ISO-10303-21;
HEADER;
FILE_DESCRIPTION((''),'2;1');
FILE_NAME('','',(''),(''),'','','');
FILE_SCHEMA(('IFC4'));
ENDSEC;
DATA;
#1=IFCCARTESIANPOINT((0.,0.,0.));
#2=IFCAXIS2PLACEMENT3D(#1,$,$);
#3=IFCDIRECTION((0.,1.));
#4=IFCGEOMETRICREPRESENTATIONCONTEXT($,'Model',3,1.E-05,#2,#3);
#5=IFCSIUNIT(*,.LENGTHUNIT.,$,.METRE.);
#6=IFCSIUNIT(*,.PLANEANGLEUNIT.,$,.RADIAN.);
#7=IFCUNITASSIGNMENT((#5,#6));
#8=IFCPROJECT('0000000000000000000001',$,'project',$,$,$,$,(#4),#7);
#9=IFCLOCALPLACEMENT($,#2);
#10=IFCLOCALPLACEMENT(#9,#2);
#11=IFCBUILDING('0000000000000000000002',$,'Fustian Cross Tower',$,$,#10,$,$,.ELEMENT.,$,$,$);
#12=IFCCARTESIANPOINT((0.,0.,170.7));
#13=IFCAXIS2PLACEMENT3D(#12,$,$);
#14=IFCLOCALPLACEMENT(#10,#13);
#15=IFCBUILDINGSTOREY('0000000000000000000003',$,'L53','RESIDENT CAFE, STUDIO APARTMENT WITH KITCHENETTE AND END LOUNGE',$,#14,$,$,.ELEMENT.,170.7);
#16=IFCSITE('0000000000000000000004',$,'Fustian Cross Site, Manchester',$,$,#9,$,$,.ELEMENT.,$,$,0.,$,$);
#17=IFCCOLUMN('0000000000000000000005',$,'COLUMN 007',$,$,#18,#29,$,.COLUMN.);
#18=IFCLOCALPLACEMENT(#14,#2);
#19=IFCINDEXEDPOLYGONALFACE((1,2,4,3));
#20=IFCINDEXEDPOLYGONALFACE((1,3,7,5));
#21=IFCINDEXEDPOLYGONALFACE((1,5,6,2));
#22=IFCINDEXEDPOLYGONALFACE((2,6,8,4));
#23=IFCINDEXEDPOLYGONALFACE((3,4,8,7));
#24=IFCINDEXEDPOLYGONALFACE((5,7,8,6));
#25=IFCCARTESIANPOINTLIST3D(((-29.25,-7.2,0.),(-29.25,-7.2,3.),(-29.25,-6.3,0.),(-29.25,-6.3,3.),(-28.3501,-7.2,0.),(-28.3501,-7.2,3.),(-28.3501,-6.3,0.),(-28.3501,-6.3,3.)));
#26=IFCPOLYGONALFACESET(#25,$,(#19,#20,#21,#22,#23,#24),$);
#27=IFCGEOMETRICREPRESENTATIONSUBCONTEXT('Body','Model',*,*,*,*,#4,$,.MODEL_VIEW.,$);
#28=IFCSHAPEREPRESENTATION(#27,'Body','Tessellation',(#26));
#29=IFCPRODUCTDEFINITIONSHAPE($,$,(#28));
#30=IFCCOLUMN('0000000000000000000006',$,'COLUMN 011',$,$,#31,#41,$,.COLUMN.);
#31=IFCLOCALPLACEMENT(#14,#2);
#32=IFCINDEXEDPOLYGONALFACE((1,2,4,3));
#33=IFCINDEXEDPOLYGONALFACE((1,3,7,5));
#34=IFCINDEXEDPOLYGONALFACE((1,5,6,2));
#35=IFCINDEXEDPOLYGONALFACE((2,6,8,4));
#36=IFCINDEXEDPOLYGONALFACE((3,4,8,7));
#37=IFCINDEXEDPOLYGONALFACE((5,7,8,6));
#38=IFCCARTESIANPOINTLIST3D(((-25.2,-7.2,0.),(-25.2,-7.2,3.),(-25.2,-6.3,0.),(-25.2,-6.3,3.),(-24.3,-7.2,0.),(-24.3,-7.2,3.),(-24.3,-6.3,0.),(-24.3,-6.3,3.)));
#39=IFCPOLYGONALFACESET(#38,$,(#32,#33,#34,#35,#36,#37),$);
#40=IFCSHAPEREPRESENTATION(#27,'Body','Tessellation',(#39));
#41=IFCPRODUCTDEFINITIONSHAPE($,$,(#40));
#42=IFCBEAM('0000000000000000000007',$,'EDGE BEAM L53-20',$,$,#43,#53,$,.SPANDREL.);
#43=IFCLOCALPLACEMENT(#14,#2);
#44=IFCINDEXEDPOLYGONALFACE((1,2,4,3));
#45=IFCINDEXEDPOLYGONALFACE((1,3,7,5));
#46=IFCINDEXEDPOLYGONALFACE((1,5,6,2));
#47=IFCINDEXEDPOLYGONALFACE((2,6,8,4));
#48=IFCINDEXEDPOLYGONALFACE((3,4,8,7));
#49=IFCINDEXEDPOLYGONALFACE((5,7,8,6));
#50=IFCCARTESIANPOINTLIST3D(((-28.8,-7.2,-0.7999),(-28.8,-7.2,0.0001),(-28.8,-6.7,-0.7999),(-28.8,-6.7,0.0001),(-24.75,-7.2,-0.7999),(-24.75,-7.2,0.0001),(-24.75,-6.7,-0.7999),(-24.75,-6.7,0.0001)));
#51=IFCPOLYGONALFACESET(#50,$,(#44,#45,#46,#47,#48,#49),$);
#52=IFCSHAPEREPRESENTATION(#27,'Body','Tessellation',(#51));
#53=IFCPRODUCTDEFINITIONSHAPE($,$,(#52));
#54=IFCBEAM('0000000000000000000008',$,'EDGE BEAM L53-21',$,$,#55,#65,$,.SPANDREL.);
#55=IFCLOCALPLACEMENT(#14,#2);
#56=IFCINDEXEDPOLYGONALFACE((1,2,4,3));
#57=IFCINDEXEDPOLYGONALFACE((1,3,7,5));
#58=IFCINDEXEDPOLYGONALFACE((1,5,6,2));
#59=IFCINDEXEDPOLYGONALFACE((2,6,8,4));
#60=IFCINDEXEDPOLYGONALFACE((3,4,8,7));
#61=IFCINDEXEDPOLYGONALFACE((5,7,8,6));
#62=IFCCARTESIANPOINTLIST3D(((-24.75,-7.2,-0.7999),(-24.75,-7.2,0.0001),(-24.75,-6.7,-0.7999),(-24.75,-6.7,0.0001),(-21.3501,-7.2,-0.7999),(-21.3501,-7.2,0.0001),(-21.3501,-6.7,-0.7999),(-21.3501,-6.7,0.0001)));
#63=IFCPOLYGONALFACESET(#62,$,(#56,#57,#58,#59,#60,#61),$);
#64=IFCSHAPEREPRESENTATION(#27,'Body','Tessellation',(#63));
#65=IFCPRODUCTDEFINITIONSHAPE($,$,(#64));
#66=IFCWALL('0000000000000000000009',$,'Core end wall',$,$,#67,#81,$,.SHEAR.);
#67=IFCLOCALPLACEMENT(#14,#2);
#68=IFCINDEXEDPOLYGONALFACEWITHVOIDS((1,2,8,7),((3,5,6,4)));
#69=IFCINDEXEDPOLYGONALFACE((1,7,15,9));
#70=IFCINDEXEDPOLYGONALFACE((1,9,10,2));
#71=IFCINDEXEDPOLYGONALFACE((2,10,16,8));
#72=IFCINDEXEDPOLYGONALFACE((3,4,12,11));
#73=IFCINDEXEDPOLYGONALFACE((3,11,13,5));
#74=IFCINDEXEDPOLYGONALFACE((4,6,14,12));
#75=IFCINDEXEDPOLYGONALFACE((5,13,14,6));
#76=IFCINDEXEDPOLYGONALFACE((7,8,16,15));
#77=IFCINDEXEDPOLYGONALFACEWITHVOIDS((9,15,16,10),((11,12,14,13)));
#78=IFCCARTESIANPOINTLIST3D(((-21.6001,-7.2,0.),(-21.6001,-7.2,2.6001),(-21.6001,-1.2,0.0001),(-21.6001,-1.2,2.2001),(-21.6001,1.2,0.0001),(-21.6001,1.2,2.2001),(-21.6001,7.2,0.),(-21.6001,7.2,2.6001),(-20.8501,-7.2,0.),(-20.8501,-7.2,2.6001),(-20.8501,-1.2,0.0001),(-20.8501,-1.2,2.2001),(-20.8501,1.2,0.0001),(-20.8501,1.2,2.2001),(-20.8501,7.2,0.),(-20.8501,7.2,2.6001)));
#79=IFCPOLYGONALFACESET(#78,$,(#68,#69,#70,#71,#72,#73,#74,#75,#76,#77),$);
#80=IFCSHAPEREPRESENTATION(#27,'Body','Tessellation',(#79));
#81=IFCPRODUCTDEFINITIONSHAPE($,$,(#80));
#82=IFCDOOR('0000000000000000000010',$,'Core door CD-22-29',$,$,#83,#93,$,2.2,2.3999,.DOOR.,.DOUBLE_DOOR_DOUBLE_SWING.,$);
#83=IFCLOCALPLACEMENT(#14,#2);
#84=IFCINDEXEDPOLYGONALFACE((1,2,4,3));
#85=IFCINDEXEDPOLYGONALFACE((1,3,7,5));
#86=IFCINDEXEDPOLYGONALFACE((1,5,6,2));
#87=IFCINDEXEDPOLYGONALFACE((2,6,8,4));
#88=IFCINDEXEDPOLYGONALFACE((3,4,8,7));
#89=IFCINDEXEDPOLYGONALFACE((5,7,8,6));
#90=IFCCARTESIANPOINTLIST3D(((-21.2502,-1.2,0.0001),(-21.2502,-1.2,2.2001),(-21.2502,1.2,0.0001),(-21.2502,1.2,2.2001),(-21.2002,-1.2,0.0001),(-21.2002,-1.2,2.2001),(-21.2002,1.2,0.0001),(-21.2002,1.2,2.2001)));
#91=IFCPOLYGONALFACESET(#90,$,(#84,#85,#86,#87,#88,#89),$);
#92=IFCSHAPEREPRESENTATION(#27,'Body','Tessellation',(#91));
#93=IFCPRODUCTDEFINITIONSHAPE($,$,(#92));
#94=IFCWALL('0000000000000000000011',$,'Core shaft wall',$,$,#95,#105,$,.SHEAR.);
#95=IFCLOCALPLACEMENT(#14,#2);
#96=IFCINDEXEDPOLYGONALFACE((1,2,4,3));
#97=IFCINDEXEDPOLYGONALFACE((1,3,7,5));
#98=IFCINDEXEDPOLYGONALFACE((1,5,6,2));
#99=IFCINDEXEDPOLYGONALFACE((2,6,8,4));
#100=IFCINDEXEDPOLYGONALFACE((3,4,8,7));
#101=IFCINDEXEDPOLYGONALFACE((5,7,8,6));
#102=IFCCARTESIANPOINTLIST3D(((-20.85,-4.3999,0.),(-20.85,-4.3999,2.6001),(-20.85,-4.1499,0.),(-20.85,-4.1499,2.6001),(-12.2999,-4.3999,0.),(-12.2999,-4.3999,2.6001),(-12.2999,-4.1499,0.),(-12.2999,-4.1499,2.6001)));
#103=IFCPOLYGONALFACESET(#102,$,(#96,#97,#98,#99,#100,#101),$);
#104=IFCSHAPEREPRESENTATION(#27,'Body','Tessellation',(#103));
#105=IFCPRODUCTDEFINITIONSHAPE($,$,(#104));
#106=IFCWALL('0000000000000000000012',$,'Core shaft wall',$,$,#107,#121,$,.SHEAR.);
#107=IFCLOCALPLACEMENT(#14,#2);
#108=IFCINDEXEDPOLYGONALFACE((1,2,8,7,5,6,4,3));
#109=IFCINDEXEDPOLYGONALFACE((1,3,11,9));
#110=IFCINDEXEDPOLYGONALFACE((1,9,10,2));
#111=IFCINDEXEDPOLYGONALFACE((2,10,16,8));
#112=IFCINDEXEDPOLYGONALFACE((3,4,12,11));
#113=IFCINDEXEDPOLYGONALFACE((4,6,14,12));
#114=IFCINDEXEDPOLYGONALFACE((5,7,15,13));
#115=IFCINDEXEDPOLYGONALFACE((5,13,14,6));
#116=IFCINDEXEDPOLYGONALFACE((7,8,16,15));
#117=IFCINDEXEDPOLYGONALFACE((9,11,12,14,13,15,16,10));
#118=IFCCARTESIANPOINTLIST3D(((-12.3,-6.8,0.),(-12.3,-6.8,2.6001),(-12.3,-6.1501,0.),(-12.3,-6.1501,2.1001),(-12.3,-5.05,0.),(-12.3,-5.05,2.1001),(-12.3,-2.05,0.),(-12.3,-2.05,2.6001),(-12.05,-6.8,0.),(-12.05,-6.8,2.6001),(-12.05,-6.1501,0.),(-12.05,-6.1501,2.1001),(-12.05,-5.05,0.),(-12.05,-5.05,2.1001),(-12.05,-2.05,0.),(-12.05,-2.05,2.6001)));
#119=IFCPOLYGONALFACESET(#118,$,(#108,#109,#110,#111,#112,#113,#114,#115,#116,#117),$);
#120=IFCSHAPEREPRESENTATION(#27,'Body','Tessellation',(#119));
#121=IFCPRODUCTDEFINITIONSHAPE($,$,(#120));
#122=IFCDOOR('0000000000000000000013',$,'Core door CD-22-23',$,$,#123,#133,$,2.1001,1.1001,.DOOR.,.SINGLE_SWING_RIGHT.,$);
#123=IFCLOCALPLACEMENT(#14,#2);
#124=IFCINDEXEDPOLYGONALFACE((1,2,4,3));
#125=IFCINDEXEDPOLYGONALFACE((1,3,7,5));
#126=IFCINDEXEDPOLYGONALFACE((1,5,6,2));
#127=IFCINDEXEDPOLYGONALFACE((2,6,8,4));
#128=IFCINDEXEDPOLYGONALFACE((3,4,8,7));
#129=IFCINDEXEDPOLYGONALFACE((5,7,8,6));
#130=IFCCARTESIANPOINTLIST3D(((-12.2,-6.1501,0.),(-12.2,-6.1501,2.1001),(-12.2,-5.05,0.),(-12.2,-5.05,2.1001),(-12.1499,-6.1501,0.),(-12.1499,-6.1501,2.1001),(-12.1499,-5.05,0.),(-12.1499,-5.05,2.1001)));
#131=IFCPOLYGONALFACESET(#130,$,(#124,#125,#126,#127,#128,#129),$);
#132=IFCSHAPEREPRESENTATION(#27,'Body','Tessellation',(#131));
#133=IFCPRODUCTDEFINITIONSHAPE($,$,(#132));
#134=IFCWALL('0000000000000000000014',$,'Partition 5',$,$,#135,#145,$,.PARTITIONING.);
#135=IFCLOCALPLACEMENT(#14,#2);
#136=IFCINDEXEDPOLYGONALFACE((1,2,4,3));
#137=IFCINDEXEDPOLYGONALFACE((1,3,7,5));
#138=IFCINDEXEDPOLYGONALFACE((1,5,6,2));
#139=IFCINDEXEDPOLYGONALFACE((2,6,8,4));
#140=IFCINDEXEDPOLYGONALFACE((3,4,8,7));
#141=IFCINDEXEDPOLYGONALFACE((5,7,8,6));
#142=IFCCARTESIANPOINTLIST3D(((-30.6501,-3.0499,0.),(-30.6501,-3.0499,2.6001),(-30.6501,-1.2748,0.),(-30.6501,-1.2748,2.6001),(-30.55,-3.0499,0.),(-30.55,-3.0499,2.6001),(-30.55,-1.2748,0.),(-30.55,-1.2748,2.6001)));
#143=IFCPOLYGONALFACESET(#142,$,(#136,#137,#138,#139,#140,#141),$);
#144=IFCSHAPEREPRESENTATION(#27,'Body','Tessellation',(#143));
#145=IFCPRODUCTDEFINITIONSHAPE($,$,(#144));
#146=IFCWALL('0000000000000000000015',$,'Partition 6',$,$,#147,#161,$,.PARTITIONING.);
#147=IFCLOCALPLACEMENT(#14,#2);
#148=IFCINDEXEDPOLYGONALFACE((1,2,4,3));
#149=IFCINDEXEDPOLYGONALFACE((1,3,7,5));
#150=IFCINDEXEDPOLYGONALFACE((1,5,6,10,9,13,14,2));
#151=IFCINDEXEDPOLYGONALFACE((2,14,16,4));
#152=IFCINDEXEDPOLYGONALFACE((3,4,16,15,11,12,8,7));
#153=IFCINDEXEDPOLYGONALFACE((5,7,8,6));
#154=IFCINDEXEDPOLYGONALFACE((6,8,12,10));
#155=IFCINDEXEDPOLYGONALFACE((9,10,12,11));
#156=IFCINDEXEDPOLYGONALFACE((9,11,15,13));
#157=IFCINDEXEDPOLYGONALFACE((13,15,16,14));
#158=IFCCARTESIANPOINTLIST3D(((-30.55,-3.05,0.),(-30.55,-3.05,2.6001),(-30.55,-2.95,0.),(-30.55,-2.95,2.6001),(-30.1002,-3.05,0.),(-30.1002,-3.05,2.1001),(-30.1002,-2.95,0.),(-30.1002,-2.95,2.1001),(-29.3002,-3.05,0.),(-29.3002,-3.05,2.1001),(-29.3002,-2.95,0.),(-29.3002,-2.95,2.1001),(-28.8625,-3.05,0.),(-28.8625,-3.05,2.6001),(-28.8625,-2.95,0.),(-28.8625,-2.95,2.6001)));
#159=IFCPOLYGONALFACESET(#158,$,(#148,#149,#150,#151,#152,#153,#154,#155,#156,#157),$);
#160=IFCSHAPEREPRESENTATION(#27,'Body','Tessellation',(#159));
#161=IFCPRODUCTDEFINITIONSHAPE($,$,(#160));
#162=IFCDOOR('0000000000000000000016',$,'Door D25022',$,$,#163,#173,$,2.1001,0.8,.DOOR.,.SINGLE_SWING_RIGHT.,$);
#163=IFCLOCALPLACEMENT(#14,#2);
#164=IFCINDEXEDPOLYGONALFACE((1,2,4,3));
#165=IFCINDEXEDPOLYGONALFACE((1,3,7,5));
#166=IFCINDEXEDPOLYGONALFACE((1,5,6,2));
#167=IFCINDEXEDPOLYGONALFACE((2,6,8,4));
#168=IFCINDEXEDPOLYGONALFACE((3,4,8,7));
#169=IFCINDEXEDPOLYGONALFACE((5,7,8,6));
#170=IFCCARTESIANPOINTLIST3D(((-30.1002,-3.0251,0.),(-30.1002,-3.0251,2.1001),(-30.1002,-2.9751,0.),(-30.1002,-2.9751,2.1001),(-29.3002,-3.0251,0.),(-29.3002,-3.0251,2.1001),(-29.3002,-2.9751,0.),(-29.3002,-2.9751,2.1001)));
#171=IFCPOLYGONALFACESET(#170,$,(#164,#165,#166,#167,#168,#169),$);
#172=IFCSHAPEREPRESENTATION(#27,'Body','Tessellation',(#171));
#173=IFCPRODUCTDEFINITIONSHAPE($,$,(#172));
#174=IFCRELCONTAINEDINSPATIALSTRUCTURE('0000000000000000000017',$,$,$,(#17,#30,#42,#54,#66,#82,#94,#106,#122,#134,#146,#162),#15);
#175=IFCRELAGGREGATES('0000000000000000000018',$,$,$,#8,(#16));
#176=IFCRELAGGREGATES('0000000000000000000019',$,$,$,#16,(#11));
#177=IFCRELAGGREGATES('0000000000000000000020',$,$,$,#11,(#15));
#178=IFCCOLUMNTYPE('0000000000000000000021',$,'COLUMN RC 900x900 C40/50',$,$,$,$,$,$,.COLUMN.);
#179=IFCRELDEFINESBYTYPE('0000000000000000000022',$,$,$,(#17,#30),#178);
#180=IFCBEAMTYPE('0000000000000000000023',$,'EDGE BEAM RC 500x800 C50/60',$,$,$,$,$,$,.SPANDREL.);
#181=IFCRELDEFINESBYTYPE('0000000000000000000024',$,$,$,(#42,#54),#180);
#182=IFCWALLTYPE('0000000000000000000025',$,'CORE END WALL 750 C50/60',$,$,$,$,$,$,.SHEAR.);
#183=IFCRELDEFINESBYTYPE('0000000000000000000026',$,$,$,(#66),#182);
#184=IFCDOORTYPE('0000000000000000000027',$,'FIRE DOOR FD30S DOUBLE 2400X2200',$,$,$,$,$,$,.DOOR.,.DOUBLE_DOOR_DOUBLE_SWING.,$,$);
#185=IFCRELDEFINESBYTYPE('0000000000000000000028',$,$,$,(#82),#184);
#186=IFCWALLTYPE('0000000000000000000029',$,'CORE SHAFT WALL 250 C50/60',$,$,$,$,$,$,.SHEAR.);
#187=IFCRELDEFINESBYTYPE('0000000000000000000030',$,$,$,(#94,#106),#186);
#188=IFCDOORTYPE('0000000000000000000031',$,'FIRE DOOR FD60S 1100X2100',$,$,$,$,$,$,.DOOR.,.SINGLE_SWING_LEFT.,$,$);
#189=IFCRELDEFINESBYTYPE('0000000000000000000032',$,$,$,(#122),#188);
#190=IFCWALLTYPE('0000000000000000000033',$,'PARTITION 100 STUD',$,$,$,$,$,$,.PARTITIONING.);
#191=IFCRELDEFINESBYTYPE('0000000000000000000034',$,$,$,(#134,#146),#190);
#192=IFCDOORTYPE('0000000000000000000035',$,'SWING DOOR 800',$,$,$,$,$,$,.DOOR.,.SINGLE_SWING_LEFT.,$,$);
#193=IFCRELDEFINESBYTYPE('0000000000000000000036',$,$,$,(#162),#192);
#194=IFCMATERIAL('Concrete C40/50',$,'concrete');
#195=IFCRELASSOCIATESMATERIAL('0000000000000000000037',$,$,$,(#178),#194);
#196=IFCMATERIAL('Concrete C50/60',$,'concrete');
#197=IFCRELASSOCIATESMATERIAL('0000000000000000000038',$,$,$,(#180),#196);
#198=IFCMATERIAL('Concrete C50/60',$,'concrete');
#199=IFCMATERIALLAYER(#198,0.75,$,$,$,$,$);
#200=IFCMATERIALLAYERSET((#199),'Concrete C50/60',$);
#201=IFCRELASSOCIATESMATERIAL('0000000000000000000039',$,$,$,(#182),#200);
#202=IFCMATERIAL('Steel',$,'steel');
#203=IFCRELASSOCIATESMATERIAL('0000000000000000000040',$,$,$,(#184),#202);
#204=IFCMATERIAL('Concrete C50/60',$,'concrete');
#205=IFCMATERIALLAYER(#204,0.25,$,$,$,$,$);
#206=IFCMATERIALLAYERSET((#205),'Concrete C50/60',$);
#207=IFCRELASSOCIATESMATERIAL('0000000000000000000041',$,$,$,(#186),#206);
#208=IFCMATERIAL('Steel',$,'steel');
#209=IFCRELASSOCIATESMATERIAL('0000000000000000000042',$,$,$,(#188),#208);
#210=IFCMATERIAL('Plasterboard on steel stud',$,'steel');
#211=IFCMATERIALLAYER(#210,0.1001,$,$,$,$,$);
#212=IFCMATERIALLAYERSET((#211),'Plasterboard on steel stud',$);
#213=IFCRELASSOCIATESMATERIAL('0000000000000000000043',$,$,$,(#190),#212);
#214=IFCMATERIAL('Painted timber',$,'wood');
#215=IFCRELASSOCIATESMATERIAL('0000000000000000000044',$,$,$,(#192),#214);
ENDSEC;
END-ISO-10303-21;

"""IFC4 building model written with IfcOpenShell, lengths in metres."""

from ifc_helpers import new_model, si_unit, direction, frame, frame_2d, origin, origin_2d, place, context, subcontext, project, spatial, rectangle, extrude, material, layer, layer_set, material_profile, profile_set, type_object, element, fill, save


model = new_model("IFC4")

# Units and contexts
model_context = context("Model", 3, precision=1e-05, world=origin(), true_north=direction((0.0, 1.0)))
body_context = subcontext(model_context, "Body", "Model", "MODEL_VIEW")
ifc_project = project(units=[si_unit("LENGTHUNIT", "METRE"), si_unit("PLANEANGLEUNIT", "RADIAN")], contexts=[model_context])

# Site, building, storey
site_placement = place(None, origin())
site = spatial("IfcSite", under=ifc_project, at=site_placement, Name="Fustian Cross Site, Manchester", CompositionType="ELEMENT", RefElevation=0.0)
building_placement = place(site_placement, origin())
building = spatial("IfcBuilding", under=site, at=building_placement, Name="Fustian Cross Tower", CompositionType="ELEMENT")
storey_placement = place(building_placement, frame((0.0, 0.0, 170.7)))
storey = spatial("IfcBuildingStorey", under=building, at=storey_placement, Name="L53", Description="RESIDENT CAFE, STUDIO APARTMENT WITH KITCHENETTE AND END LOUNGE", CompositionType="ELEMENT", Elevation=170.7)

# Columns
ifc_material_1 = material(Name="Concrete C40/50", Category="concrete")
ifc_material_profile_1 = material_profile(ifc_material_1, rectangle(XDim=0.8999, YDim=0.8999, at=origin_2d()), Name="RC 900x900")
ifc_profile_set_1 = profile_set([ifc_material_profile_1], Name="Concrete C40/50")
column_type = type_object("IfcColumnType", Name="COLUMN RC 900x900 C40/50", PredefinedType="COLUMN", material=ifc_profile_set_1)
for number, where, z_axis, x_axis, name in (
    (1, (-28.8, -6.75, 0.0), (0.0, 0.0, 1.0), (1.0, 0.0, 0.0), "COLUMN 007"),
    (2, (-24.75, -6.75, 0.0), (0.0, 0.0, 1.0), (1.0, 0.0, 0.0), "COLUMN 011"),
):
    element("IfcColumn", number, at=place(storey_placement, frame(where, z_axis=z_axis, x_axis=x_axis)), inside=storey, type_object=column_type, Name=name, PredefinedType="COLUMN", context=body_context, shape_type="SweptSolid", body=[
        extrude(rectangle(XDim=0.8999, YDim=0.8999, at=origin_2d()), origin(), (0.0, 0.0, 1.0), 3.0),
    ])

# Beams
ifc_material_2 = material(Name="Concrete C50/60", Category="concrete")
ifc_material_profile_2 = material_profile(ifc_material_2, rectangle(XDim=0.5, YDim=0.8, at=origin_2d()), Name="RC 500x800")
ifc_profile_set_2 = profile_set([ifc_material_profile_2], Name="Concrete C50/60")
beam_type = type_object("IfcBeamType", Name="EDGE BEAM RC 500x800 C50/60", PredefinedType="SPANDREL", material=ifc_profile_set_2)
beam_1_placement = place(storey_placement, frame((-28.8, -6.95, -0.3999), z_axis=(1.0, 0.0, 0.0), x_axis=(0.0, 1.0, 0.0)))
element("IfcBeam", 3, at=beam_1_placement, inside=storey, type_object=beam_type, Name="EDGE BEAM L53-20", PredefinedType="SPANDREL", context=body_context, shape_type="SweptSolid", body=[
    extrude(rectangle(XDim=0.5, YDim=0.8, at=origin_2d()), origin(), (0.0, 0.0, 1.0), 4.05),
])
beam_2_placement = place(storey_placement, frame((-24.75, -6.95, -0.3999), z_axis=(1.0, 0.0, 0.0), x_axis=(0.0, 1.0, 0.0)))
element("IfcBeam", 4, at=beam_2_placement, inside=storey, type_object=beam_type, Name="EDGE BEAM L53-21", PredefinedType="SPANDREL", context=body_context, shape_type="SweptSolid", body=[
    extrude(rectangle(XDim=0.5, YDim=0.8, at=origin_2d()), origin(), (0.0, 0.0, 1.0), 3.3999),
])

# Wall, opening, door
ifc_material_3 = material(Name="Concrete C50/60", Category="concrete")
ifc_layer_1 = layer(ifc_material_3, 0.75)
ifc_layer_set_1 = layer_set([ifc_layer_1], Name="Concrete C50/60")
wall_type_1 = type_object("IfcWallType", Name="CORE END WALL 750 C50/60", PredefinedType="SHEAR", material=ifc_layer_set_1)
wall_1_placement = place(storey_placement, frame((-21.2251, -7.2, 0.0), z_axis=(0.0, 0.0, 1.0), x_axis=(0.0, 1.0, 0.0)))
wall_1 = element("IfcWall", 5, at=wall_1_placement, inside=storey, type_object=wall_type_1, Name="Core end wall", PredefinedType="SHEAR", context=body_context, shape_type="SweptSolid", body=[
    extrude(rectangle(XDim=14.3999, YDim=0.75, at=frame_2d((7.2, 0.0))), origin(), (0.0, 0.0, 1.0), 2.6001),
])
opening_1_placement = place(wall_1_placement, frame((6.0, 0.0, 0.0)))
opening_1 = element("IfcOpeningElement", 6, at=opening_1_placement, cuts=wall_1, PredefinedType="OPENING", context=body_context, shape_type="SweptSolid", body=[
    extrude(rectangle(XDim=2.3999, YDim=2.2, at=frame_2d((1.2, 1.1001))), frame((0.0, 0.385, 0.0), z_axis=(0.0, -1.0, 0.0), x_axis=(1.0, 0.0, 0.0)), (0.0, 0.0, 1.0), 0.77),
])
ifc_material_4 = material(Name="Steel", Category="steel")
door_type_1 = type_object("IfcDoorType", Name="FIRE DOOR FD30S DOUBLE 2400X2200", OperationType="DOUBLE_DOOR_DOUBLE_SWING", PredefinedType="DOOR", material=ifc_material_4)
door_1_placement = place(opening_1_placement, frame((2.3999, 0.0, 0.0), z_axis=(0.0, 0.0, 1.0), x_axis=(-1.0, 0.0, 0.0)))
door_1 = element("IfcDoor", 7, at=door_1_placement, inside=storey, type_object=door_type_1, Name="Core door CD-22-29", OperationType="DOUBLE_DOOR_DOUBLE_SWING", OverallHeight=2.2, OverallWidth=2.3999, PredefinedType="DOOR", context=body_context, shape_type="SweptSolid", body=[
    extrude(rectangle(XDim=2.3999, YDim=2.2, at=frame_2d((1.2, 1.1001))), frame((0.0, 0.0249, 0.0), z_axis=(0.0, -1.0, 0.0), x_axis=(1.0, 0.0, 0.0)), (0.0, 0.0, 1.0), 0.05),
])
fill(opening_1, door_1)

# Wall
ifc_material_5 = material(Name="Concrete C50/60", Category="concrete")
ifc_layer_2 = layer(ifc_material_5, 0.25)
ifc_layer_set_2 = layer_set([ifc_layer_2], Name="Concrete C50/60")
wall_type_2 = type_object("IfcWallType", Name="CORE SHAFT WALL 250 C50/60", PredefinedType="SHEAR", material=ifc_layer_set_2)
wall_2_placement = place(storey_placement, frame((-12.3, -4.2749, 0.0), z_axis=(0.0, 0.0, 1.0), x_axis=(-1.0, 0.0, 0.0)))
element("IfcWall", 8, at=wall_2_placement, inside=storey, type_object=wall_type_2, Name="Core shaft wall", PredefinedType="SHEAR", context=body_context, shape_type="SweptSolid", body=[
    extrude(rectangle(XDim=8.55, YDim=0.25, at=frame_2d((4.2749, 0.0))), origin(), (0.0, 0.0, 1.0), 2.6001),
])

# Wall, opening, door
wall_3_placement = place(storey_placement, frame((-12.175, -2.05, 0.0), z_axis=(0.0, 0.0, 1.0), x_axis=(0.0, -1.0, 0.0)))
wall_3 = element("IfcWall", 9, at=wall_3_placement, inside=storey, type_object=wall_type_2, Name="Core shaft wall", PredefinedType="SHEAR", context=body_context, shape_type="SweptSolid", body=[
    extrude(rectangle(XDim=4.75, YDim=0.25, at=frame_2d((2.375, 0.0))), origin(), (0.0, 0.0, 1.0), 2.6001),
])
opening_2_placement = place(wall_3_placement, frame((3.0, 0.0, 0.0)))
opening_2 = element("IfcOpeningElement", 10, at=opening_2_placement, cuts=wall_3, PredefinedType="OPENING", context=body_context, shape_type="SweptSolid", body=[
    extrude(rectangle(XDim=1.1001, YDim=2.1001, at=frame_2d((0.55, 1.05))), frame((0.0, 0.135, 0.0), z_axis=(0.0, -1.0, 0.0), x_axis=(1.0, 0.0, 0.0)), (0.0, 0.0, 1.0), 0.27),
])
ifc_material_6 = material(Name="Steel", Category="steel")
door_type_2 = type_object("IfcDoorType", Name="FIRE DOOR FD60S 1100X2100", OperationType="SINGLE_SWING_LEFT", PredefinedType="DOOR", material=ifc_material_6)
door_2_placement = place(opening_2_placement, frame((1.1001, 0.0, 0.0), z_axis=(0.0, 0.0, 1.0), x_axis=(-1.0, 0.0, 0.0)))
door_2 = element("IfcDoor", 11, at=door_2_placement, inside=storey, type_object=door_type_2, Name="Core door CD-22-23", OperationType="SINGLE_SWING_RIGHT", OverallHeight=2.1001, OverallWidth=1.1001, PredefinedType="DOOR", context=body_context, shape_type="SweptSolid", body=[
    extrude(rectangle(XDim=1.1001, YDim=2.1001, at=frame_2d((0.55, 1.05))), frame((0.0, 0.0249, 0.0), z_axis=(0.0, -1.0, 0.0), x_axis=(1.0, 0.0, 0.0)), (0.0, 0.0, 1.0), 0.05),
])
fill(opening_2, door_2)

# Wall
ifc_material_7 = material(Name="Plasterboard on steel stud", Category="steel")
ifc_layer_3 = layer(ifc_material_7, 0.1001)
ifc_layer_set_3 = layer_set([ifc_layer_3], Name="Plasterboard on steel stud")
wall_type_3 = type_object("IfcWallType", Name="PARTITION 100 STUD", PredefinedType="PARTITIONING", material=ifc_layer_set_3)
wall_4_placement = place(storey_placement, frame((-30.6001, -3.05, 0.0), z_axis=(0.0, 0.0, 1.0), x_axis=(0.0, 1.0, 0.0)))
element("IfcWall", 12, at=wall_4_placement, inside=storey, type_object=wall_type_3, Name="Partition 5", PredefinedType="PARTITIONING", context=body_context, shape_type="SweptSolid", body=[
    extrude(rectangle(XDim=1.7751, YDim=0.1001, at=frame_2d((0.8877, 0.0))), origin(), (0.0, 0.0, 1.0), 2.6001),
])

# Wall, opening, door
wall_5_placement = place(storey_placement, frame((-30.55, -3.0, 0.0), z_axis=(0.0, 0.0, 1.0), x_axis=(1.0, 0.0, 0.0)))
wall_5 = element("IfcWall", 13, at=wall_5_placement, inside=storey, type_object=wall_type_3, Name="Partition 6", PredefinedType="PARTITIONING", context=body_context, shape_type="SweptSolid", body=[
    extrude(rectangle(XDim=1.6875, YDim=0.1001, at=frame_2d((0.8438, 0.0))), origin(), (0.0, 0.0, 1.0), 2.6001),
])
opening_3_placement = place(wall_5_placement, frame((0.45, 0.0, 0.0)))
opening_3 = element("IfcOpeningElement", 14, at=opening_3_placement, cuts=wall_5, PredefinedType="OPENING", context=body_context, shape_type="SweptSolid", body=[
    extrude(rectangle(XDim=0.8, YDim=2.1001, at=frame_2d((0.3999, 1.05))), frame((0.0, 0.0601, 0.0), z_axis=(0.0, -1.0, 0.0), x_axis=(1.0, 0.0, 0.0)), (0.0, 0.0, 1.0), 0.1201),
])
ifc_material_8 = material(Name="Painted timber", Category="wood")
door_type_3 = type_object("IfcDoorType", Name="SWING DOOR 800", OperationType="SINGLE_SWING_LEFT", PredefinedType="DOOR", material=ifc_material_8)
door_3_placement = place(opening_3_placement, origin())
door_3 = element("IfcDoor", 15, at=door_3_placement, inside=storey, type_object=door_type_3, Name="Door D25022", OperationType="SINGLE_SWING_RIGHT", OverallHeight=2.1001, OverallWidth=0.8, PredefinedType="DOOR", context=body_context, shape_type="SweptSolid", body=[
    extrude(rectangle(XDim=0.8, YDim=2.1001, at=frame_2d((0.3999, 1.05))), frame((0.0, 0.0249, 0.0), z_axis=(0.0, -1.0, 0.0), x_axis=(1.0, 0.0, 0.0)), (0.0, 0.0, 1.0), 0.05),
])
fill(opening_3, door_3)

save(model, "model.ifc")
